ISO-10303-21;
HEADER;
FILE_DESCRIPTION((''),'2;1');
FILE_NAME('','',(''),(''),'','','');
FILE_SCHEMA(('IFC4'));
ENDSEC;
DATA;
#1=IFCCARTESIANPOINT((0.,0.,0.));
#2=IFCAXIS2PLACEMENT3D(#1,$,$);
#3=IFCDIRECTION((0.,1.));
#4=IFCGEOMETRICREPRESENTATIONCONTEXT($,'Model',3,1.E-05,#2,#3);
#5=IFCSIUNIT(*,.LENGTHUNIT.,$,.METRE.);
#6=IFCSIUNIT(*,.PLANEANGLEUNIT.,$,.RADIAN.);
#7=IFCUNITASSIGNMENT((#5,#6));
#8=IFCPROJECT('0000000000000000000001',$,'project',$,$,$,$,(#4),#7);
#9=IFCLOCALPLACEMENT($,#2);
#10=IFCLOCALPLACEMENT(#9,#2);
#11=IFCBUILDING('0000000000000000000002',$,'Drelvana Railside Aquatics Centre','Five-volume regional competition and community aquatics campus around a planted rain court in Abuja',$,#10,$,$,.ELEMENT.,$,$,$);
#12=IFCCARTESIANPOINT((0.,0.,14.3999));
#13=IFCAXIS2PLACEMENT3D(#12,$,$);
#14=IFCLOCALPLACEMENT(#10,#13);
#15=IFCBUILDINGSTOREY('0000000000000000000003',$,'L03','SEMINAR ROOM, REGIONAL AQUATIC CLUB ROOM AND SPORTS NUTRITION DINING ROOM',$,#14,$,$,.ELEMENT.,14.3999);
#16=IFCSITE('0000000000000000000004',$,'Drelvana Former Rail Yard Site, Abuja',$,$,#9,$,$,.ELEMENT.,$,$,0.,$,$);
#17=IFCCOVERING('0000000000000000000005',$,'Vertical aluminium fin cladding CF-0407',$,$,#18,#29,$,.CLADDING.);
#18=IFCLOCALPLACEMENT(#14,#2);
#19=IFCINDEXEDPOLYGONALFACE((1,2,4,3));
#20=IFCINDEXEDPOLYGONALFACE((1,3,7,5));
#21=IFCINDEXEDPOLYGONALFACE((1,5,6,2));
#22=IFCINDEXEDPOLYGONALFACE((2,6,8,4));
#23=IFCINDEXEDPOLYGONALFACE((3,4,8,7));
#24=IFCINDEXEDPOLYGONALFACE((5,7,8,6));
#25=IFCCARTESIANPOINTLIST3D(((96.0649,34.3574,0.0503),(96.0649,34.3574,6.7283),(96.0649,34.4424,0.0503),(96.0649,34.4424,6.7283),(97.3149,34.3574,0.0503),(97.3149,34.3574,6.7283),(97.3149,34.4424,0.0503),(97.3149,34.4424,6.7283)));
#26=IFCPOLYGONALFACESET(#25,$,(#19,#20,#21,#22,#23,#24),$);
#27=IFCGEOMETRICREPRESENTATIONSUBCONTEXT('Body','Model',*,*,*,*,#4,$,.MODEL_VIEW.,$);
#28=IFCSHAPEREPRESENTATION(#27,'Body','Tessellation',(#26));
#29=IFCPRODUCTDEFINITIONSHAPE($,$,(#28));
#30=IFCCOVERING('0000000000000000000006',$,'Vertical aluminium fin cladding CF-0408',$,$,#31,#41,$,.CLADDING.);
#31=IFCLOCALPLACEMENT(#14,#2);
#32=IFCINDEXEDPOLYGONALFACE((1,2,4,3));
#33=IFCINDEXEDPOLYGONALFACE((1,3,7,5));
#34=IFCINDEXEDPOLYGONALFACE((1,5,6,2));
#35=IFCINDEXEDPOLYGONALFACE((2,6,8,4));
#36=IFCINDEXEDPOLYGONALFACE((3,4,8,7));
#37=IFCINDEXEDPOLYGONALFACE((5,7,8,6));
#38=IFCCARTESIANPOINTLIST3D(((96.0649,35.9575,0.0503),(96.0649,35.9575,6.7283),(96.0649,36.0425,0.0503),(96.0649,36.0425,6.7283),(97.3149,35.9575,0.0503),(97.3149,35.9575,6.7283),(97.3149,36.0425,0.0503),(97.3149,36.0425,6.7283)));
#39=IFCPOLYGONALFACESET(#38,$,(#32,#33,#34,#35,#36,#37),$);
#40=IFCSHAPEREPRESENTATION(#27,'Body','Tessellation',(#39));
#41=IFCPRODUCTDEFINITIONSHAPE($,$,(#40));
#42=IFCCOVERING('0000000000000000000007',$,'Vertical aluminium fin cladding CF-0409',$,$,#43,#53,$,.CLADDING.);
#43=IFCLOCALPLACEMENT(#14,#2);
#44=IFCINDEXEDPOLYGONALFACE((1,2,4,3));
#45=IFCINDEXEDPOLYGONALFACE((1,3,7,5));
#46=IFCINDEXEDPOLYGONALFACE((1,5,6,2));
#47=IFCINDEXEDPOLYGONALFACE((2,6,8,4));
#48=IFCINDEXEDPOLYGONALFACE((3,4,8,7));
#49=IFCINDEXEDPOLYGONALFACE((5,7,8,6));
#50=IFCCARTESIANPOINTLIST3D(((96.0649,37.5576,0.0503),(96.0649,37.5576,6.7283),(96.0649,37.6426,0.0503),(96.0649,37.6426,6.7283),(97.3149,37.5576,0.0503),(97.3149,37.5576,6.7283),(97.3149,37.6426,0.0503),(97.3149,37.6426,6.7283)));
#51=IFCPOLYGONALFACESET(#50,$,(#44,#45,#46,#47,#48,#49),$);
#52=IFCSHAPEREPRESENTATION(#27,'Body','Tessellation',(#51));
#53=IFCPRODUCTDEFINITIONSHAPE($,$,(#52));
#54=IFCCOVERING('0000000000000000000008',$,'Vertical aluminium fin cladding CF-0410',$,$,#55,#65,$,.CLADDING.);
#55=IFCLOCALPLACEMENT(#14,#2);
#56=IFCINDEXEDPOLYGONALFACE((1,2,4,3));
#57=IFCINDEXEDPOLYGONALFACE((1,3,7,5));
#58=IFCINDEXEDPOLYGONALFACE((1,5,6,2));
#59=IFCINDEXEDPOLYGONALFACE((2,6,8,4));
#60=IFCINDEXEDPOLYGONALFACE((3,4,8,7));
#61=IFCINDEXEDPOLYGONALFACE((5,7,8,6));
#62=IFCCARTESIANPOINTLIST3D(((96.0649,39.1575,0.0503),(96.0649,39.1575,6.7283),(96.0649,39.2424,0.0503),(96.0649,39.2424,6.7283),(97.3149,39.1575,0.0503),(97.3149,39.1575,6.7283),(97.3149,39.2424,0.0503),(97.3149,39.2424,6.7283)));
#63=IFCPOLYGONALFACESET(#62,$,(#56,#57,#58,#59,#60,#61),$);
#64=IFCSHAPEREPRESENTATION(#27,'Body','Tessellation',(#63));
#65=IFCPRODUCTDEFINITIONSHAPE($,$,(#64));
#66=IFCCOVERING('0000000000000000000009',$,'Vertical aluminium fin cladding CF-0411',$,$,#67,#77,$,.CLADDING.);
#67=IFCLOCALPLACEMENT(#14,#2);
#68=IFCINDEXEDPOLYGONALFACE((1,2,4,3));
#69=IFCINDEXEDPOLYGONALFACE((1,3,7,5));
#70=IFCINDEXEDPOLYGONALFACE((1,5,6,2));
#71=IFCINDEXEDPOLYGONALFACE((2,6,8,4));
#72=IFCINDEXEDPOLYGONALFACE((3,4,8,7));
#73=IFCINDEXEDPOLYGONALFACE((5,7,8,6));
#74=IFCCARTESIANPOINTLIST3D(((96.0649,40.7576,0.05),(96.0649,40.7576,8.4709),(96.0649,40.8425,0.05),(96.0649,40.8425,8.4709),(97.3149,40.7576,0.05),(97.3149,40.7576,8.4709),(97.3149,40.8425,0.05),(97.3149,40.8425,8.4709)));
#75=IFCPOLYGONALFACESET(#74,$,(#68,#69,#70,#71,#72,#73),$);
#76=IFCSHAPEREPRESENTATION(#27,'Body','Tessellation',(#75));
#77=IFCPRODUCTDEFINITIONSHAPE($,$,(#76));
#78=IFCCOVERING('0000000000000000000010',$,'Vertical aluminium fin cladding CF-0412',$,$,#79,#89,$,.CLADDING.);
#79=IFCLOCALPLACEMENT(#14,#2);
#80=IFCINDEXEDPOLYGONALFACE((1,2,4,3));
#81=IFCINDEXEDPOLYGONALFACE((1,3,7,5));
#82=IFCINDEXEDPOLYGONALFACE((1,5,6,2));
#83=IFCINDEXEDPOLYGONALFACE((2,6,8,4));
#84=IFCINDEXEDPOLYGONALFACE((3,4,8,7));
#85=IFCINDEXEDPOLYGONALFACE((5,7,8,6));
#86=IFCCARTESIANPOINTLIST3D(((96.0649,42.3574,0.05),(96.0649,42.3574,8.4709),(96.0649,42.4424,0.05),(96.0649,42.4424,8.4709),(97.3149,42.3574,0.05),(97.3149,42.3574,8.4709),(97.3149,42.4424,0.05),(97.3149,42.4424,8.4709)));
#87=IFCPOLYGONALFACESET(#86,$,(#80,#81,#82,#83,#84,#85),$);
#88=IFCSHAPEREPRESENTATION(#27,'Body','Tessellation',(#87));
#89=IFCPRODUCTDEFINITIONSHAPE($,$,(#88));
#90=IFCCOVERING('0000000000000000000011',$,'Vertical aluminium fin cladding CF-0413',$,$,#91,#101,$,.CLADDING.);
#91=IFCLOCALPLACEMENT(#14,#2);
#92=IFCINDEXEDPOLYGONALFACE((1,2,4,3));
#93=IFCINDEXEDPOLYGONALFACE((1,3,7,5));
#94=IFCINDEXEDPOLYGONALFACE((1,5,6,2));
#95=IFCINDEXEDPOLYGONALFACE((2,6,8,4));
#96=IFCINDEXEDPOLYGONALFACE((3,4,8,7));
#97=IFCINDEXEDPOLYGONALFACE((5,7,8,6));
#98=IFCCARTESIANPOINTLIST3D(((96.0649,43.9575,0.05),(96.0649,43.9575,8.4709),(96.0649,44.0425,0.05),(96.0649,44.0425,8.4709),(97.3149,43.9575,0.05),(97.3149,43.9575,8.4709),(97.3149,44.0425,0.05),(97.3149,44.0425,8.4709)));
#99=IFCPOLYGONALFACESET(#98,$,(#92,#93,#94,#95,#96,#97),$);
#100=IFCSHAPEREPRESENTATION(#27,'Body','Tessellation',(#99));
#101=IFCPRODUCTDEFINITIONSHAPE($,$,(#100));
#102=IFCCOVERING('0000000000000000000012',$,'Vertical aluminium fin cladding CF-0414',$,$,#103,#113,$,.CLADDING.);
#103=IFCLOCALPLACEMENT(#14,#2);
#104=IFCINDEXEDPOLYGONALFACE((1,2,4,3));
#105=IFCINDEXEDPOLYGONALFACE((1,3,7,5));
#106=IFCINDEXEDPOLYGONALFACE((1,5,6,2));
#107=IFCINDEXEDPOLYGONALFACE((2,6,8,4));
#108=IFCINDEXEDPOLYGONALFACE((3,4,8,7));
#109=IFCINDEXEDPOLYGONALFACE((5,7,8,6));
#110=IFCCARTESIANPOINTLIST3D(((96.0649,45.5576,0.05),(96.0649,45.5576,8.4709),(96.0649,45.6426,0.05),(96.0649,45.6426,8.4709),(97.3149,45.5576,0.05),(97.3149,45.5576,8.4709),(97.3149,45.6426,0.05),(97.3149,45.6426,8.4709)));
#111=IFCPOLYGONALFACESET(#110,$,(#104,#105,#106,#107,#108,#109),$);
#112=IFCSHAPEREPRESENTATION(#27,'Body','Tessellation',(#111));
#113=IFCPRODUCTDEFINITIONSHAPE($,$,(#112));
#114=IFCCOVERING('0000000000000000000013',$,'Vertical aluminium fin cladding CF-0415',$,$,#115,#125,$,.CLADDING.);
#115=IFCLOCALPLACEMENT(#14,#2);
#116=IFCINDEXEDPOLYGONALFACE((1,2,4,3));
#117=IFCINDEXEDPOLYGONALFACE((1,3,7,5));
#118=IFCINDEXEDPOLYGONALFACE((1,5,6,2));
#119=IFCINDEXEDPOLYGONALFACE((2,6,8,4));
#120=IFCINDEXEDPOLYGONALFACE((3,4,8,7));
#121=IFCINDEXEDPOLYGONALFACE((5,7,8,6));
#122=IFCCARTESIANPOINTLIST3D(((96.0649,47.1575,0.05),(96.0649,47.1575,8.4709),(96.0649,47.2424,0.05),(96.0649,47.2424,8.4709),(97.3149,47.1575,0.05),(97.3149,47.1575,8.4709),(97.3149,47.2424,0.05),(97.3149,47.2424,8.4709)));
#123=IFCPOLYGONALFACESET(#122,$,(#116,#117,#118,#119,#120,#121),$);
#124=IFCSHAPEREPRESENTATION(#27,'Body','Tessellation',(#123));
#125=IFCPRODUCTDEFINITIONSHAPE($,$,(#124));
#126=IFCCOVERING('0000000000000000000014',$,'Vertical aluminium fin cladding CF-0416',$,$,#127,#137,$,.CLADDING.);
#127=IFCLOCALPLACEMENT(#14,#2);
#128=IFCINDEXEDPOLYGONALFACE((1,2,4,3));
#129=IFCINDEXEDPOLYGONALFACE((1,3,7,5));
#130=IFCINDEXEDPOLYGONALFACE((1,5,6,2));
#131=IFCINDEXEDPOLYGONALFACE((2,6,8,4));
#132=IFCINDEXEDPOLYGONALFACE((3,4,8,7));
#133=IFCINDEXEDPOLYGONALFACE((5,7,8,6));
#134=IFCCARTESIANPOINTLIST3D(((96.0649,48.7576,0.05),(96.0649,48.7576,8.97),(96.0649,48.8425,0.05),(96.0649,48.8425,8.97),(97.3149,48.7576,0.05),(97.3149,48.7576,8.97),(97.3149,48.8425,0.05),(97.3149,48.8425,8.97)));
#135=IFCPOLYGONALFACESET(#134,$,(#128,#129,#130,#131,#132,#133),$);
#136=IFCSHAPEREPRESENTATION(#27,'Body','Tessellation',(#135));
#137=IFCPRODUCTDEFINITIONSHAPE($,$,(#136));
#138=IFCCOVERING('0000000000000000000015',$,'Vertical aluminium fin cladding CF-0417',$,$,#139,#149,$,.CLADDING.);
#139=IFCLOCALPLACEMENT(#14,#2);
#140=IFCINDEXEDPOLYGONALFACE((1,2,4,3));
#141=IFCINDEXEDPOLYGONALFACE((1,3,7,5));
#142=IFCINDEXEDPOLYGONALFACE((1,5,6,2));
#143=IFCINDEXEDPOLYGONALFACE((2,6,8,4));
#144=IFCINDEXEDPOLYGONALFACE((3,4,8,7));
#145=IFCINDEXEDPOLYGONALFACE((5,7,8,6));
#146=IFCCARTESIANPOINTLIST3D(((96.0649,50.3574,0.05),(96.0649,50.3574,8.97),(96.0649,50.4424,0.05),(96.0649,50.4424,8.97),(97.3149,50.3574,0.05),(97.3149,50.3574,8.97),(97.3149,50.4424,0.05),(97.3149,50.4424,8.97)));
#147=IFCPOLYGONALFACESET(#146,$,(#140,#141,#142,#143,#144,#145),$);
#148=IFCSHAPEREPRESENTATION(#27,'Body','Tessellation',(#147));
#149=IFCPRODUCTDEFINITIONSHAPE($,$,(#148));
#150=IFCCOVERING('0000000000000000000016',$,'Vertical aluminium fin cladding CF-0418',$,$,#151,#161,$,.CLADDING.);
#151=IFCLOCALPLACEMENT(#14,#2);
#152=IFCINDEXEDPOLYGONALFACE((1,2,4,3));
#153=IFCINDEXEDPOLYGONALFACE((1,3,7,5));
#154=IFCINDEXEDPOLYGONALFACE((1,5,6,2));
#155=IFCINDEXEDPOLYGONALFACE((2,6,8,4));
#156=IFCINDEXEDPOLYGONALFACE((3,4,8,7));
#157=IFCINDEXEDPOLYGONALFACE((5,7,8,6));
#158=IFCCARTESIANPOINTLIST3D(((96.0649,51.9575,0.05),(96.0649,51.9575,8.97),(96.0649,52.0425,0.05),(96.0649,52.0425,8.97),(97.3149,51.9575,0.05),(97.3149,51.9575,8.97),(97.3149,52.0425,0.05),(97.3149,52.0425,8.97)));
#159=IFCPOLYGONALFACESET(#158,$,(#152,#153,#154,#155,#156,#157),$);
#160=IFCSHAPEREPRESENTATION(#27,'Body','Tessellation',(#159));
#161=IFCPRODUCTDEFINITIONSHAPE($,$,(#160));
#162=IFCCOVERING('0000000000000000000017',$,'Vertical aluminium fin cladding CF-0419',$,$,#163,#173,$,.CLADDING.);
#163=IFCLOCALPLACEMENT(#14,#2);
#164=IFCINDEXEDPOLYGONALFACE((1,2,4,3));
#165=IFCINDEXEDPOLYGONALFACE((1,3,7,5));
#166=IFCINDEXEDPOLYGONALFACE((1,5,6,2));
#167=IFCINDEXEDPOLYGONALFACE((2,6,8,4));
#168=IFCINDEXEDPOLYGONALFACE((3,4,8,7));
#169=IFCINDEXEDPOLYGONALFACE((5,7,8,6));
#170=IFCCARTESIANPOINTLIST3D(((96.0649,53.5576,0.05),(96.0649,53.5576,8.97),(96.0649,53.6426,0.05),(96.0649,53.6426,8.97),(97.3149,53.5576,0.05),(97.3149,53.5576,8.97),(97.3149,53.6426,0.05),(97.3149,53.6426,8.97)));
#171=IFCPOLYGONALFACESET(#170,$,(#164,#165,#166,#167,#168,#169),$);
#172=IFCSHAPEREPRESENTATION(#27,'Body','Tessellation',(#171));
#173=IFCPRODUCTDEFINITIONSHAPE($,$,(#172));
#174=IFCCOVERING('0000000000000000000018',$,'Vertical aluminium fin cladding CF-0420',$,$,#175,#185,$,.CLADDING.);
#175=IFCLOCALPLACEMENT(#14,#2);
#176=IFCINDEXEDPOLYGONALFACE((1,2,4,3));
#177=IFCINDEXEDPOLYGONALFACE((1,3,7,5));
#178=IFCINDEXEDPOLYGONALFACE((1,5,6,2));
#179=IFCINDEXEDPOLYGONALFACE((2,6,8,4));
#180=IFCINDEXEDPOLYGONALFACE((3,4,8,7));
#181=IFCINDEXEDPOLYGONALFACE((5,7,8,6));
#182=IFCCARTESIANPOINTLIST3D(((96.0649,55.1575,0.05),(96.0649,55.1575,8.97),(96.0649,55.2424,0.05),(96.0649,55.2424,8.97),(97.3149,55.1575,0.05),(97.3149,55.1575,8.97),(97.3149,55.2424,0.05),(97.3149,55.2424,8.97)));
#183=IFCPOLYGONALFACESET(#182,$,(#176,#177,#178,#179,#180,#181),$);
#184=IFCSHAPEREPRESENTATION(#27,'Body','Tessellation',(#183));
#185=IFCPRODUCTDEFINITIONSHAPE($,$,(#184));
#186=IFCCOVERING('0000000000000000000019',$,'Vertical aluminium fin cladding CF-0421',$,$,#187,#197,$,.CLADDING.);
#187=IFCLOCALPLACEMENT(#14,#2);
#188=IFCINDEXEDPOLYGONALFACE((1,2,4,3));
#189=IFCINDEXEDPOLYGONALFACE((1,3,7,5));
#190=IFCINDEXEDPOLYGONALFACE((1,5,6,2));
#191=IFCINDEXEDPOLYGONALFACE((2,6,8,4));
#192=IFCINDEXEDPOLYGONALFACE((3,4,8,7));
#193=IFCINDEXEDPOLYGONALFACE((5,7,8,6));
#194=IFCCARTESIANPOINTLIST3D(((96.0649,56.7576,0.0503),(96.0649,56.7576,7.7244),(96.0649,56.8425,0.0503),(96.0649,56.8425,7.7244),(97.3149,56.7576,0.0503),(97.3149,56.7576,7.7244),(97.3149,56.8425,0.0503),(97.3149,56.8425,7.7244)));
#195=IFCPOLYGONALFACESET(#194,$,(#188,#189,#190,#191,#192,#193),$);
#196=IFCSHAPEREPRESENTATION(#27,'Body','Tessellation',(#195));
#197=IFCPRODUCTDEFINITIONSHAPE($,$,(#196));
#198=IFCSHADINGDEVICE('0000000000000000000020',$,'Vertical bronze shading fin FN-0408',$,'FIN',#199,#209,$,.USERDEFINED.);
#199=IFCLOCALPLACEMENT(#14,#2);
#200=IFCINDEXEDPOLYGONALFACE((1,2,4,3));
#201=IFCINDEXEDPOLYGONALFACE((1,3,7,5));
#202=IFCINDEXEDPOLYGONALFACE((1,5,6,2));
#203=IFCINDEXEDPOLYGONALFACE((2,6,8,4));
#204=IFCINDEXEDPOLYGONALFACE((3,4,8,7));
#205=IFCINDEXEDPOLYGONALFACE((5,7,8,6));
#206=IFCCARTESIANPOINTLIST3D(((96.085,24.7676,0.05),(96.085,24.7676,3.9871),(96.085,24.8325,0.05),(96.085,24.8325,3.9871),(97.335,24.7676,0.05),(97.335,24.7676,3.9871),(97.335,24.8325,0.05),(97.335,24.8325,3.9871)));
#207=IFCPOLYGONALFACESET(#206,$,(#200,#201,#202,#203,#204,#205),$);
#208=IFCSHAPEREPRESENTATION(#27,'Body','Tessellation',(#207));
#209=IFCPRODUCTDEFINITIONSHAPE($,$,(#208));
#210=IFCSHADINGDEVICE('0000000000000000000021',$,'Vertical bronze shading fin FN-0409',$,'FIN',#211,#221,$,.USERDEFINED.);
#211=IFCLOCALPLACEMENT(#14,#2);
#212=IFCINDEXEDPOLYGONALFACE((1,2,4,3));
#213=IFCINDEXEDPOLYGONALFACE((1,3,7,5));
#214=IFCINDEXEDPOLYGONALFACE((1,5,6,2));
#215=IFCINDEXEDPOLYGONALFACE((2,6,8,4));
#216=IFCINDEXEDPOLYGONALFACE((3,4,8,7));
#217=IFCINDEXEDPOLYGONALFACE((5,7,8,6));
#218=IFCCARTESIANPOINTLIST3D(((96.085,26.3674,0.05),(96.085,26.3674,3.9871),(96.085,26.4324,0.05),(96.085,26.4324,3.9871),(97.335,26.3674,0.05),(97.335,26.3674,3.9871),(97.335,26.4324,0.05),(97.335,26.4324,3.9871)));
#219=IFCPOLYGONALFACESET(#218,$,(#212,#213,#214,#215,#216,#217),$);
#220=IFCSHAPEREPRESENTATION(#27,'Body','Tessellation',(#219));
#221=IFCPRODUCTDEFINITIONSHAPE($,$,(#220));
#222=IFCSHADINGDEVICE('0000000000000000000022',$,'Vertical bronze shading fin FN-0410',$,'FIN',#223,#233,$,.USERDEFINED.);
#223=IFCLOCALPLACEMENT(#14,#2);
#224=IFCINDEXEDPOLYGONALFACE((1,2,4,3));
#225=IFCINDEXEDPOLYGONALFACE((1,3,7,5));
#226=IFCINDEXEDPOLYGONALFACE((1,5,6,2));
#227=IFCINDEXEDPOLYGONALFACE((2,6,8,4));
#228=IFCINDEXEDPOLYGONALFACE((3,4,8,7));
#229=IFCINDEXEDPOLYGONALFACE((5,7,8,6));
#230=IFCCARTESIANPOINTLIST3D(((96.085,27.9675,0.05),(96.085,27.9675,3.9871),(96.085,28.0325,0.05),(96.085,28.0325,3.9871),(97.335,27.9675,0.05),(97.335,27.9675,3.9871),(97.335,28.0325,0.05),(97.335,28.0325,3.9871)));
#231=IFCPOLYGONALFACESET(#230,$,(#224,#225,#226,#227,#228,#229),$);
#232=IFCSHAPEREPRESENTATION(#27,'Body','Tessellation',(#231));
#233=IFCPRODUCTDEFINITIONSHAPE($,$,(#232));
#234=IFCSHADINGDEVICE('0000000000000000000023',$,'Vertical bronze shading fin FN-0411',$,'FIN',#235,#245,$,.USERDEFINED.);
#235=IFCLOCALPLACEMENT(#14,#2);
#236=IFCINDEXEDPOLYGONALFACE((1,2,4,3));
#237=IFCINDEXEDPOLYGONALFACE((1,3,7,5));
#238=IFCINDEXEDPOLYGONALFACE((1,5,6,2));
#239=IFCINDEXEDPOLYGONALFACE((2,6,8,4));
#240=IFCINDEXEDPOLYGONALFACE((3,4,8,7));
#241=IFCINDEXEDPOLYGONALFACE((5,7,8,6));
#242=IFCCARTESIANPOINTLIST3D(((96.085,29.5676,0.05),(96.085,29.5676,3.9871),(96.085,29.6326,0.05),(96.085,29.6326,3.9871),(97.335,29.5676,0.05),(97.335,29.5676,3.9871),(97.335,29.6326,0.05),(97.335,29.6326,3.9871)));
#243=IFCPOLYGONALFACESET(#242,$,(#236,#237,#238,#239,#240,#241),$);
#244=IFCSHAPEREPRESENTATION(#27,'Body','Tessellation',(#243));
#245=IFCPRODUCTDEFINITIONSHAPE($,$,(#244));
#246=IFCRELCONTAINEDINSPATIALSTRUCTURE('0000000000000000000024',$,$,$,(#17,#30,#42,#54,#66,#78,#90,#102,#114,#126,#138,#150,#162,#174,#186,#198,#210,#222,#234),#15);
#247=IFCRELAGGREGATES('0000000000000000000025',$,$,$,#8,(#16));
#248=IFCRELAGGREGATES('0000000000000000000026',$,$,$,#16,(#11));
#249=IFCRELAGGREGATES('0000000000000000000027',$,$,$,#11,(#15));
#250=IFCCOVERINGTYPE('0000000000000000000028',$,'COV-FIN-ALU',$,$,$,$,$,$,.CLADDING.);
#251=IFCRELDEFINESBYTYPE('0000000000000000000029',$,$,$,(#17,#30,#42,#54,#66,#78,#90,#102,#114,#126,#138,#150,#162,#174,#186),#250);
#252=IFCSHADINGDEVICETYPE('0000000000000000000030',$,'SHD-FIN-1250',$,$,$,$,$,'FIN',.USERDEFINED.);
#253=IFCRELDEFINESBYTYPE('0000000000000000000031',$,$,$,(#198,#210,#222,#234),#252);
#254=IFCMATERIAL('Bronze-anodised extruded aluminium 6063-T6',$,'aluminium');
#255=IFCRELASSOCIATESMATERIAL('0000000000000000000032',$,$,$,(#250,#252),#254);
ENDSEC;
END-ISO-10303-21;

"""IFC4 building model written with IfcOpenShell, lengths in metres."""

from ifc_helpers import new_model, si_unit, direction, frame, origin, origin_2d, place, context, subcontext, project, spatial, rectangle, extrude, material, type_object, element, save


model = new_model("IFC4")

# Units and contexts
model_context = context("Model", 3, precision=1e-05, world=origin(), true_north=direction((0.0, 1.0)))
body_context = subcontext(model_context, "Body", "Model", "MODEL_VIEW")
ifc_project = project(units=[si_unit("LENGTHUNIT", "METRE"), si_unit("PLANEANGLEUNIT", "RADIAN")], contexts=[model_context])

# Site, building, storey
site_placement = place(None, origin())
site = spatial("IfcSite", under=ifc_project, at=site_placement, Name="Drelvana Former Rail Yard Site, Abuja", CompositionType="ELEMENT", RefElevation=0.0)
building_placement = place(site_placement, origin())
building = spatial("IfcBuilding", under=site, at=building_placement, Name="Drelvana Railside Aquatics Centre", Description="Five-volume regional competition and community aquatics campus around a planted rain court in Abuja", CompositionType="ELEMENT")
storey_placement = place(building_placement, frame((0.0, 0.0, 14.3999)))
storey = spatial("IfcBuildingStorey", under=building, at=storey_placement, Name="L03", Description="SEMINAR ROOM, REGIONAL AQUATIC CLUB ROOM AND SPORTS NUTRITION DINING ROOM", CompositionType="ELEMENT", Elevation=14.3999)

# Coverings
ifc_material = material(Name="Bronze-anodised extruded aluminium 6063-T6", Category="aluminium")
covering_type = type_object("IfcCoveringType", Name="COV-FIN-ALU", PredefinedType="CLADDING", material=ifc_material)
for number, where, z_axis, x_axis, name in (
    (1, (96.6899, 34.3999, 0.0503), (0.0, 0.0, 1.0), (0.0, -1.0, 0.0), "Vertical aluminium fin cladding CF-0407"),
    (2, (96.6899, 36.0, 0.0503), (0.0, 0.0, 1.0), (0.0, -1.0, 0.0), "Vertical aluminium fin cladding CF-0408"),
    (3, (96.6899, 37.6001, 0.0503), (0.0, 0.0, 1.0), (0.0, -1.0, 0.0), "Vertical aluminium fin cladding CF-0409"),
    (4, (96.6899, 39.2, 0.0503), (0.0, 0.0, 1.0), (0.0, -1.0, 0.0), "Vertical aluminium fin cladding CF-0410"),
):
    element("IfcCovering", number, at=place(storey_placement, frame(where, z_axis=z_axis, x_axis=x_axis)), inside=storey, type_object=covering_type, Name=name, PredefinedType="CLADDING", context=body_context, shape_type="SweptSolid", body=[
        extrude(rectangle(XDim=0.085, YDim=1.25, at=origin_2d()), origin(), (0.0, 0.0, 1.0), 6.678),
    ])
for number, where, z_axis, x_axis, name in (
    (5, (96.6899, 40.8, 0.05), (0.0, 0.0, 1.0), (0.0, -1.0, 0.0), "Vertical aluminium fin cladding CF-0411"),
    (6, (96.6899, 42.3999, 0.05), (0.0, 0.0, 1.0), (0.0, -1.0, 0.0), "Vertical aluminium fin cladding CF-0412"),
    (7, (96.6899, 44.0, 0.05), (0.0, 0.0, 1.0), (0.0, -1.0, 0.0), "Vertical aluminium fin cladding CF-0413"),
    (8, (96.6899, 45.6001, 0.05), (0.0, 0.0, 1.0), (0.0, -1.0, 0.0), "Vertical aluminium fin cladding CF-0414"),
    (9, (96.6899, 47.2, 0.05), (0.0, 0.0, 1.0), (0.0, -1.0, 0.0), "Vertical aluminium fin cladding CF-0415"),
):
    element("IfcCovering", number, at=place(storey_placement, frame(where, z_axis=z_axis, x_axis=x_axis)), inside=storey, type_object=covering_type, Name=name, PredefinedType="CLADDING", context=body_context, shape_type="SweptSolid", body=[
        extrude(rectangle(XDim=0.085, YDim=1.25, at=origin_2d()), origin(), (0.0, 0.0, 1.0), 8.4209),
    ])
for number, where, z_axis, x_axis, name in (
    (10, (96.6899, 48.8, 0.05), (0.0, 0.0, 1.0), (0.0, -1.0, 0.0), "Vertical aluminium fin cladding CF-0416"),
    (11, (96.6899, 50.3999, 0.05), (0.0, 0.0, 1.0), (0.0, -1.0, 0.0), "Vertical aluminium fin cladding CF-0417"),
    (12, (96.6899, 52.0, 0.05), (0.0, 0.0, 1.0), (0.0, -1.0, 0.0), "Vertical aluminium fin cladding CF-0418"),
    (13, (96.6899, 53.6001, 0.05), (0.0, 0.0, 1.0), (0.0, -1.0, 0.0), "Vertical aluminium fin cladding CF-0419"),
    (14, (96.6899, 55.2, 0.05), (0.0, 0.0, 1.0), (0.0, -1.0, 0.0), "Vertical aluminium fin cladding CF-0420"),
):
    element("IfcCovering", number, at=place(storey_placement, frame(where, z_axis=z_axis, x_axis=x_axis)), inside=storey, type_object=covering_type, Name=name, PredefinedType="CLADDING", context=body_context, shape_type="SweptSolid", body=[
        extrude(rectangle(XDim=0.085, YDim=1.25, at=origin_2d()), origin(), (0.0, 0.0, 1.0), 8.9199),
    ])
covering_placement = place(storey_placement, frame((96.6899, 56.8, 0.0503), z_axis=(0.0, 0.0, 1.0), x_axis=(0.0, -1.0, 0.0)))
element("IfcCovering", 15, at=covering_placement, inside=storey, type_object=covering_type, Name="Vertical aluminium fin cladding CF-0421", PredefinedType="CLADDING", context=body_context, shape_type="SweptSolid", body=[
    extrude(rectangle(XDim=0.085, YDim=1.25, at=origin_2d()), origin(), (0.0, 0.0, 1.0), 7.6741),
])

# Shading devices
shading_device_type = type_object("IfcShadingDeviceType", Name="SHD-FIN-1250", ElementType="FIN", PredefinedType="USERDEFINED", material=ifc_material)
for number, where, z_axis, x_axis, name in (
    (16, (96.71, 24.8, 0.05), (0.0, 0.0, 1.0), (1.0, 0.0, 0.0), "Vertical bronze shading fin FN-0408"),
    (17, (96.71, 26.3999, 0.05), (0.0, 0.0, 1.0), (1.0, 0.0, 0.0), "Vertical bronze shading fin FN-0409"),
    (18, (96.71, 28.0, 0.05), (0.0, 0.0, 1.0), (1.0, 0.0, 0.0), "Vertical bronze shading fin FN-0410"),
    (19, (96.71, 29.6001, 0.05), (0.0, 0.0, 1.0), (1.0, 0.0, 0.0), "Vertical bronze shading fin FN-0411"),
):
    element("IfcShadingDevice", number, at=place(storey_placement, frame(where, z_axis=z_axis, x_axis=x_axis)), inside=storey, type_object=shading_device_type, Name=name, ObjectType="FIN", PredefinedType="USERDEFINED", context=body_context, shape_type="SweptSolid", body=[
        extrude(rectangle(XDim=1.25, YDim=0.0649, at=origin_2d()), origin(), (0.0, 0.0, 1.0), 3.937),
    ])

save(model, "model.ifc")
